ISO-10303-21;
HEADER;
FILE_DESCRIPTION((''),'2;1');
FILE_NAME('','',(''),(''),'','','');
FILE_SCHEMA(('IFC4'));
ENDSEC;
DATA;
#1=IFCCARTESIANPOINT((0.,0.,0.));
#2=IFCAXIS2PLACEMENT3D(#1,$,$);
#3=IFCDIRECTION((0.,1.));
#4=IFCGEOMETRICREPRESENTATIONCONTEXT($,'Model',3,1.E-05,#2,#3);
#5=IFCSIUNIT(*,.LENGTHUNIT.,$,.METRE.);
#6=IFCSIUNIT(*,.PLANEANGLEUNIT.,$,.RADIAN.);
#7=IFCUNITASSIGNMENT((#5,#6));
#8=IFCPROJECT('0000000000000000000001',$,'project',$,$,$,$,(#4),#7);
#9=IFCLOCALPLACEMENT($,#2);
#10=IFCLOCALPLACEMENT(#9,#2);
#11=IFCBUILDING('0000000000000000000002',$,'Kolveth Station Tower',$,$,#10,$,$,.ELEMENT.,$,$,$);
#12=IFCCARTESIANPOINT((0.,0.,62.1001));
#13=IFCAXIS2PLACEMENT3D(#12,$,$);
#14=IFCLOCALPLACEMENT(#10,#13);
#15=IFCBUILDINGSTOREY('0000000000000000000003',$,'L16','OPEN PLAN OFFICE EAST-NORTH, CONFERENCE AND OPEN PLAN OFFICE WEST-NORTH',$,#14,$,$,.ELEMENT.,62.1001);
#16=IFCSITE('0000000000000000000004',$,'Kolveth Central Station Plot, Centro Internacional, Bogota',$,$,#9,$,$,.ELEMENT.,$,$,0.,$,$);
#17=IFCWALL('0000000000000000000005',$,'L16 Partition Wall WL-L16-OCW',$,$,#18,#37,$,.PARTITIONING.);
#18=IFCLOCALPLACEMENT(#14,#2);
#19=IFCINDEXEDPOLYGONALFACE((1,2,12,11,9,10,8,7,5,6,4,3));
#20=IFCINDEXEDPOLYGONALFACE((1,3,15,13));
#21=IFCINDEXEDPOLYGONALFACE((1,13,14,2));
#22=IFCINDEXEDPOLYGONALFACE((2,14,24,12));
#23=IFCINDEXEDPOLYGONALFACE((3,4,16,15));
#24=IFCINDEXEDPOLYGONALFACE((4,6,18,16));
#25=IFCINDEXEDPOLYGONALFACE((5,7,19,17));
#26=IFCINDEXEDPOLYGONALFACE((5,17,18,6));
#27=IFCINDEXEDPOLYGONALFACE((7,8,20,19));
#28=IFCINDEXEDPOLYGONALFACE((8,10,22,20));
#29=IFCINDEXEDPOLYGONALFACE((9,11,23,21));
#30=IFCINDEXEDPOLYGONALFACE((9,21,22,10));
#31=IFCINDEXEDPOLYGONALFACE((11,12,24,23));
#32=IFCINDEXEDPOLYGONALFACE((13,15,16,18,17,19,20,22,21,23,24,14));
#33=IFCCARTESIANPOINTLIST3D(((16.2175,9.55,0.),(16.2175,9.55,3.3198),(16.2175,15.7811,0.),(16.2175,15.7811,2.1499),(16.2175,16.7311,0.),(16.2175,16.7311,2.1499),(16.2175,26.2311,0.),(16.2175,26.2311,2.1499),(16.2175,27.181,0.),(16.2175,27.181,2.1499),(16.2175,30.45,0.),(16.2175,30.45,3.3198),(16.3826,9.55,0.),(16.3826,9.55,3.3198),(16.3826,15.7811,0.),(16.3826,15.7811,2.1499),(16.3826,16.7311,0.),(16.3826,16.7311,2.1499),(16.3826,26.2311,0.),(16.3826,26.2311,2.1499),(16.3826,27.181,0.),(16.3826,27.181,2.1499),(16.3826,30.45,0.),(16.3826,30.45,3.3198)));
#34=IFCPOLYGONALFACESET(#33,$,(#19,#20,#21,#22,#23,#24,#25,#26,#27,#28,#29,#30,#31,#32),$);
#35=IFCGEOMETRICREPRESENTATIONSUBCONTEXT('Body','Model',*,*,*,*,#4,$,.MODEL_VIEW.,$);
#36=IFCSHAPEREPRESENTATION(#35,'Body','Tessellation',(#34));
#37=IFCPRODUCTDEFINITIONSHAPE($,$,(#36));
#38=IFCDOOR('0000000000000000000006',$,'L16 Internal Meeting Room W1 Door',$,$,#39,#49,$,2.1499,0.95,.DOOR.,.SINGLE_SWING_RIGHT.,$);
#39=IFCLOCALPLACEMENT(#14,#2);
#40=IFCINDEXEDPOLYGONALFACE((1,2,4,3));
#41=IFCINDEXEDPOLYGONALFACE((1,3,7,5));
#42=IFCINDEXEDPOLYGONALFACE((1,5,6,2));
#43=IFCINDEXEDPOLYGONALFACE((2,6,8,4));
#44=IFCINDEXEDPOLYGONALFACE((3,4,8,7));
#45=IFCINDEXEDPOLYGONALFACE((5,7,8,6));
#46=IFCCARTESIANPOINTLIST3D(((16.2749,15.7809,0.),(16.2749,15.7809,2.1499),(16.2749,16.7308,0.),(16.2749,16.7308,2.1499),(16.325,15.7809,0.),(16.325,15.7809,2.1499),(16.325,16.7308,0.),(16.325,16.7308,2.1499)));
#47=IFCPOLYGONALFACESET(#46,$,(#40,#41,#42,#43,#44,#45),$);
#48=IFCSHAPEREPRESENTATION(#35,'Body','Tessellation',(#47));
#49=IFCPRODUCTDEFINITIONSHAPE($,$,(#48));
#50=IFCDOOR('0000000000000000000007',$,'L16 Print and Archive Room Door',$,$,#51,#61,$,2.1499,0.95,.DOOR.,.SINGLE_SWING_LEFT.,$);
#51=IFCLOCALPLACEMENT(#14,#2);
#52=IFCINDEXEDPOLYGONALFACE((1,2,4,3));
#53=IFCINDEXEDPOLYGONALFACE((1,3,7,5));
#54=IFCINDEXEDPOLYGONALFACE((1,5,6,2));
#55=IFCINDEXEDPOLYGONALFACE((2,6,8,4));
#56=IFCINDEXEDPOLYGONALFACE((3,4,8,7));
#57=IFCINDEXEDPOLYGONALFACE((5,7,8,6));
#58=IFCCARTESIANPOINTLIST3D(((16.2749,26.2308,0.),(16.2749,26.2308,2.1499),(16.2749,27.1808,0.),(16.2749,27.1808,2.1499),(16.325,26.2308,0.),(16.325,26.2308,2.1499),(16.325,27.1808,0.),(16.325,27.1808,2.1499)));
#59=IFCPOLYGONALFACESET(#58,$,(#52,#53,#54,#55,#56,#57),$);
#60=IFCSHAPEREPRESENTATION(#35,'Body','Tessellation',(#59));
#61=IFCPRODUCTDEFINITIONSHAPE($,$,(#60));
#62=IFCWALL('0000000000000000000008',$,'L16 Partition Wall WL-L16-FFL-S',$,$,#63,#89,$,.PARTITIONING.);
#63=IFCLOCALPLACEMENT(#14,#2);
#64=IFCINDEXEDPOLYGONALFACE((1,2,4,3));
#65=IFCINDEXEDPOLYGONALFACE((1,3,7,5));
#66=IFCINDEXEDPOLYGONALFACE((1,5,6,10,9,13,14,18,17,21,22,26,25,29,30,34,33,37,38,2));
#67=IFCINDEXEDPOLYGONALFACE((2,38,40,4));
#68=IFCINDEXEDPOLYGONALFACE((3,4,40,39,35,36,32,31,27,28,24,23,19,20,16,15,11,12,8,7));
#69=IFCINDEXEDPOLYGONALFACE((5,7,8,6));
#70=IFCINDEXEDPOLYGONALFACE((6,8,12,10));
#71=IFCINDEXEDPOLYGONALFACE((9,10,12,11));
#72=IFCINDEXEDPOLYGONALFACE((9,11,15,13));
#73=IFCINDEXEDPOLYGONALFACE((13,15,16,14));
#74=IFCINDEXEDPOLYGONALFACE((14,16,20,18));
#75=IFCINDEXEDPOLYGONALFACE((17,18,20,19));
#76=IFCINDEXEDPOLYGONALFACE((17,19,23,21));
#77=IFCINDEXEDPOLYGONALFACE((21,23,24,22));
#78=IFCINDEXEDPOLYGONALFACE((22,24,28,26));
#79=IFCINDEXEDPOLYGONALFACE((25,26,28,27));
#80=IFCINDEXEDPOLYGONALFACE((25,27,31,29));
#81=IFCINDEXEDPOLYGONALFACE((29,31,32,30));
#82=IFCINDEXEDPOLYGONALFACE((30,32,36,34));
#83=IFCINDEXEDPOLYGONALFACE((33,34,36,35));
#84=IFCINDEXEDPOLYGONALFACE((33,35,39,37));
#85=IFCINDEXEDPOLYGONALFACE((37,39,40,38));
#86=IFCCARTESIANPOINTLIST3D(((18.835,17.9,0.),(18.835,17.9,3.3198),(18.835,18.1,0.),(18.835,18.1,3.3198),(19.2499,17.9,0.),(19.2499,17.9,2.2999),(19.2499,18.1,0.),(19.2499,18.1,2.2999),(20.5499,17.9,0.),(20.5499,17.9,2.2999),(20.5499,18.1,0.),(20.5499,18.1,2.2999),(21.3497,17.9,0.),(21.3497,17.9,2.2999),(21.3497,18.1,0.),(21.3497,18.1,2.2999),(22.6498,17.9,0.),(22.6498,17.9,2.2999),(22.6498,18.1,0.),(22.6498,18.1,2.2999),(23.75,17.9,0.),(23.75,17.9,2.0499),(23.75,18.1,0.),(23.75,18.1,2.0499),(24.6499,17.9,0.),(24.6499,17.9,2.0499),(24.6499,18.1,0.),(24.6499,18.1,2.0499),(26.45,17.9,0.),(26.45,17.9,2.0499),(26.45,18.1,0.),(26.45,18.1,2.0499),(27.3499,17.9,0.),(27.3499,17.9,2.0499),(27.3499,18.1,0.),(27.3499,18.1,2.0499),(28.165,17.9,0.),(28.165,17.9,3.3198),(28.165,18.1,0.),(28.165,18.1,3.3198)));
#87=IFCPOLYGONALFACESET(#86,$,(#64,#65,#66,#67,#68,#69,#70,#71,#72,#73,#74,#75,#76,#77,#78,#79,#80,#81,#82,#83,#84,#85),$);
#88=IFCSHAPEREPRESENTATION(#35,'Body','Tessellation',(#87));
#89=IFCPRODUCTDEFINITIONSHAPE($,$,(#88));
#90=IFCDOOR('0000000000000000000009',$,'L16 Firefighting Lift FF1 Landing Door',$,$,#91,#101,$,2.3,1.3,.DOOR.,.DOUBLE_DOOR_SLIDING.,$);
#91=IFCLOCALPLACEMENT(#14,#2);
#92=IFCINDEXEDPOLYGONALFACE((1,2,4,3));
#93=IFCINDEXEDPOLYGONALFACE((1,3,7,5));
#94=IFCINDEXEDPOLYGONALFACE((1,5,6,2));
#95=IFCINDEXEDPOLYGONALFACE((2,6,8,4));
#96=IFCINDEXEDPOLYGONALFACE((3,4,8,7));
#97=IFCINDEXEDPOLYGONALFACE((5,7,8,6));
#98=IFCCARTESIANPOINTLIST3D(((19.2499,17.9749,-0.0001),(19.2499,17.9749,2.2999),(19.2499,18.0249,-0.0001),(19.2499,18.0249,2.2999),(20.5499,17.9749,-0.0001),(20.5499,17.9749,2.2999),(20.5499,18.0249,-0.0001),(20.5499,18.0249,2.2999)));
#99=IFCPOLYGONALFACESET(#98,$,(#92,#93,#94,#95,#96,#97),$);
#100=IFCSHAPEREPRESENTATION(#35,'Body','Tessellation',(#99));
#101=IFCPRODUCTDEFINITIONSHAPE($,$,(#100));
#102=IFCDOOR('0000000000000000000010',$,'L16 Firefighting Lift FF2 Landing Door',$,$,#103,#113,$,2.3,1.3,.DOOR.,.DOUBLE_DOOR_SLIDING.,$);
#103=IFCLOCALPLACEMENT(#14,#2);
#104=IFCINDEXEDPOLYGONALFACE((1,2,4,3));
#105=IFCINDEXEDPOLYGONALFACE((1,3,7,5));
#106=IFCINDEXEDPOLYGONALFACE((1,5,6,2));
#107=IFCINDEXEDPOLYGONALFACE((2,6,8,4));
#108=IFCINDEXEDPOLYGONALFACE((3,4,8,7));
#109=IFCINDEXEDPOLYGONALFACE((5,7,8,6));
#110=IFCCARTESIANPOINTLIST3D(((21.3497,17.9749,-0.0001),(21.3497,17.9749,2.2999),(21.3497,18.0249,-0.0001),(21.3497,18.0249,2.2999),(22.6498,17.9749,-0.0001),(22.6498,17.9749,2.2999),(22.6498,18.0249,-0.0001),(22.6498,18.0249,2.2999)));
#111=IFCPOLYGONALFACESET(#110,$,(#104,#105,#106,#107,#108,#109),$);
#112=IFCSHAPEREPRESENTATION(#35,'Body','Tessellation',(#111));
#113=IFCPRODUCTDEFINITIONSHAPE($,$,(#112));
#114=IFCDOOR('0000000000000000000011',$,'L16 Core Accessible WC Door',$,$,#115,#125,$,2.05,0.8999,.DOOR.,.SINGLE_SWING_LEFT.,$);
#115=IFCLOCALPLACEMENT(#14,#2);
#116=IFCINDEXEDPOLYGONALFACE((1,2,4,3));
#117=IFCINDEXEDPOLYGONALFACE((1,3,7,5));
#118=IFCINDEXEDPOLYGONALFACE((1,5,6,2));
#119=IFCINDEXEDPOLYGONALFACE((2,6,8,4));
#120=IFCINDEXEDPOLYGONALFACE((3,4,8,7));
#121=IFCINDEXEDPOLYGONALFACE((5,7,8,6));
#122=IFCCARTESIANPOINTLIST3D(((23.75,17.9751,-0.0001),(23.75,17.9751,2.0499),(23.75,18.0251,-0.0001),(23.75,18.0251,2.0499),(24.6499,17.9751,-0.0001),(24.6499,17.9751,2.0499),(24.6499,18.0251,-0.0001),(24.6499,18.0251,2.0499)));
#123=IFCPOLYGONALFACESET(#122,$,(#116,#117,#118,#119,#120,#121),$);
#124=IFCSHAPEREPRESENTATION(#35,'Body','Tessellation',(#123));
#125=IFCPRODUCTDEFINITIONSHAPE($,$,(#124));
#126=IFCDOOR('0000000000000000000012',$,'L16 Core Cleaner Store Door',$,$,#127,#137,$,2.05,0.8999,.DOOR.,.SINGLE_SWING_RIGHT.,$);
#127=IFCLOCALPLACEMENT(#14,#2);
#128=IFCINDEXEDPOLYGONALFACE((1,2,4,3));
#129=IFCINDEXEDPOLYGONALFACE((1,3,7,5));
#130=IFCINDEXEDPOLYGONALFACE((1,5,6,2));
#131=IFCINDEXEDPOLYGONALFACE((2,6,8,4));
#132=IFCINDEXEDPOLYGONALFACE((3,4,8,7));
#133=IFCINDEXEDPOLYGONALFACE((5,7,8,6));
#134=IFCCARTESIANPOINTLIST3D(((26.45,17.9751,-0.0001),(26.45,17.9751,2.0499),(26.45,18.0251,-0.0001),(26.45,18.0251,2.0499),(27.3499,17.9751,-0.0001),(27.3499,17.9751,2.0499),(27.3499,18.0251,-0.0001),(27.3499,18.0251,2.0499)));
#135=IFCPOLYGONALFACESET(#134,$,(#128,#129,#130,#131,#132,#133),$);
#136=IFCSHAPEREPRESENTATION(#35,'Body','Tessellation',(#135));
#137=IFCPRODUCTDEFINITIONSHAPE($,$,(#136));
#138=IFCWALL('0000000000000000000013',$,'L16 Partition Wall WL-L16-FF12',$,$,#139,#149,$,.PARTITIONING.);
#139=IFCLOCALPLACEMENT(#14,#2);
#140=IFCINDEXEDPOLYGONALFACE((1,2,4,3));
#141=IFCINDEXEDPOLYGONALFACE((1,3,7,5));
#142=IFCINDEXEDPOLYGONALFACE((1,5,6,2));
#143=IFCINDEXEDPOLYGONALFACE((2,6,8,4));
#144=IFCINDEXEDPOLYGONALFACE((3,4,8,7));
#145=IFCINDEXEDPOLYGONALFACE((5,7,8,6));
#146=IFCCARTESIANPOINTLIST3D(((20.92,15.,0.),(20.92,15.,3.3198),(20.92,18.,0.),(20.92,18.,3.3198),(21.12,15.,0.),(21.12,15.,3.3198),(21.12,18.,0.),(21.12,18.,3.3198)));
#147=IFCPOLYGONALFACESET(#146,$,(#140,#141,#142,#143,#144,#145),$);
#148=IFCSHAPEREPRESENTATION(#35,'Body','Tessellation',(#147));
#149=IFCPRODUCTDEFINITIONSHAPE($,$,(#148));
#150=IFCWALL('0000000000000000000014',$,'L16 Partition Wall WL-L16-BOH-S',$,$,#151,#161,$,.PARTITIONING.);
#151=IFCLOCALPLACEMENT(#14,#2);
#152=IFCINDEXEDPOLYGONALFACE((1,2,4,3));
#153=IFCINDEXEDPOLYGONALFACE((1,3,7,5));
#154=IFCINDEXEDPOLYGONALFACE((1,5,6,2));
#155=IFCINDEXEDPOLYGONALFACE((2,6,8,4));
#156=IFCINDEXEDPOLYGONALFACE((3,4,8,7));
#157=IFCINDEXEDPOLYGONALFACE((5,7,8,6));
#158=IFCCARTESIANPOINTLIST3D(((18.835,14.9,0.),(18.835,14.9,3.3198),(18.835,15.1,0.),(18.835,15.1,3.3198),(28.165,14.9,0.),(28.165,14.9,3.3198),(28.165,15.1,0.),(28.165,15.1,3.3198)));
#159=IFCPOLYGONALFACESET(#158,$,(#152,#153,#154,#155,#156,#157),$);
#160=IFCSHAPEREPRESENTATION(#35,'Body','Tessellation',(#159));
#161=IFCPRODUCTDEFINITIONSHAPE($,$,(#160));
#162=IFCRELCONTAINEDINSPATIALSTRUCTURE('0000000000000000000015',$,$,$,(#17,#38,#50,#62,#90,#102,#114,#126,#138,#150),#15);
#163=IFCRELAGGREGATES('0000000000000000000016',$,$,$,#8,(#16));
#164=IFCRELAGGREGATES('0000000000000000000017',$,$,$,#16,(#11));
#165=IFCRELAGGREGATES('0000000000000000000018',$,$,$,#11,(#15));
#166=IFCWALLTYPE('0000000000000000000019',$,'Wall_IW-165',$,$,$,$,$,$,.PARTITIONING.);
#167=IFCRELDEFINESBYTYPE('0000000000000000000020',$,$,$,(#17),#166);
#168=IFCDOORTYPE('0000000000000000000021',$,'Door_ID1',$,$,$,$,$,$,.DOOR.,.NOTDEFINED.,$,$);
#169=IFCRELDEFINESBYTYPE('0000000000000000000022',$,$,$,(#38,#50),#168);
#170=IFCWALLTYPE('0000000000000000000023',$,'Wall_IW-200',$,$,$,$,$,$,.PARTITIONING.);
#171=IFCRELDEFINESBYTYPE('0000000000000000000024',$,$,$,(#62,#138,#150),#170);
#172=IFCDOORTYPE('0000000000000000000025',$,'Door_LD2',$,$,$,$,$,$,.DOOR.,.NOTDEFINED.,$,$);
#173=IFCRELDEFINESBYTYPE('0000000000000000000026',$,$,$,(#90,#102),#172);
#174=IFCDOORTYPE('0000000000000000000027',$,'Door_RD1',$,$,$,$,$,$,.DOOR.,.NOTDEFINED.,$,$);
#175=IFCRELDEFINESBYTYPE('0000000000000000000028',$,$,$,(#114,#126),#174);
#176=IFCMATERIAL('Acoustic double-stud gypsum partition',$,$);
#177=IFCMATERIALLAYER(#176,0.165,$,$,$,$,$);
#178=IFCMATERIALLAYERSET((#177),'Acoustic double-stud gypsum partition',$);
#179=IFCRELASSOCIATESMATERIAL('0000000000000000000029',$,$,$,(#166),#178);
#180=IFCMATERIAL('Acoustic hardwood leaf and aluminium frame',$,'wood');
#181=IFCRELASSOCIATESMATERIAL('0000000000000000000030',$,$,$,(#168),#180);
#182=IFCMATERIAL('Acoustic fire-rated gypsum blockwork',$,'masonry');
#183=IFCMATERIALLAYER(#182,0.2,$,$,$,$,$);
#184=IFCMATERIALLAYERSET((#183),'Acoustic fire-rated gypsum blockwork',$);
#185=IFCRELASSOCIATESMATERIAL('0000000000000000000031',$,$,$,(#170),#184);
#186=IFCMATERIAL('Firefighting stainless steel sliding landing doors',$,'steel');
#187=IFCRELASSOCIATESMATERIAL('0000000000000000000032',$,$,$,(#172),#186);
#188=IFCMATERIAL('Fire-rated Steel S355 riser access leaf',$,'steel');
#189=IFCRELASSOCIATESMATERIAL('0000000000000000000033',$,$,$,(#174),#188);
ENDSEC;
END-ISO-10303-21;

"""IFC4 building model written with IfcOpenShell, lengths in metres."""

from ifc_helpers import new_model, si_unit, direction, frame, frame_2d, origin, place, context, subcontext, project, spatial, rectangle, extrude, material, layer, layer_set, type_object, element, fill, save


model = new_model("IFC4")

# Units and contexts
model_context = context("Model", 3, precision=1e-05, world=origin(), true_north=direction((0.0, 1.0)))
body_context = subcontext(model_context, "Body", "Model", "MODEL_VIEW")
ifc_project = project(units=[si_unit("LENGTHUNIT", "METRE"), si_unit("PLANEANGLEUNIT", "RADIAN")], contexts=[model_context])

# Site, building, storey
site_placement = place(None, origin())
site = spatial("IfcSite", under=ifc_project, at=site_placement, Name="Kolveth Central Station Plot, Centro Internacional, Bogota", CompositionType="ELEMENT", RefElevation=0.0)
building_placement = place(site_placement, origin())
building = spatial("IfcBuilding", under=site, at=building_placement, Name="Kolveth Station Tower", CompositionType="ELEMENT")
storey_placement = place(building_placement, frame((0.0, 0.0, 62.1001)))
storey = spatial("IfcBuildingStorey", under=building, at=storey_placement, Name="L16", Description="OPEN PLAN OFFICE EAST-NORTH, CONFERENCE AND OPEN PLAN OFFICE WEST-NORTH", CompositionType="ELEMENT", Elevation=62.1001)

# Walls, openings, doors
ifc_material_1 = material(Name="Acoustic double-stud gypsum partition")
ifc_layer_1 = layer(ifc_material_1, 0.165)
ifc_layer_set_1 = layer_set([ifc_layer_1], Name="Acoustic double-stud gypsum partition")
wall_type_1 = type_object("IfcWallType", Name="Wall_IW-165", PredefinedType="PARTITIONING", material=ifc_layer_set_1)
wall_1_placement = place(storey_placement, frame((16.3, 9.55, 0.0), z_axis=(0.0, 0.0, 1.0), x_axis=(0.0, 1.0, 0.0)))
wall_1 = element("IfcWall", 1, at=wall_1_placement, inside=storey, type_object=wall_type_1, Name="L16 Partition Wall WL-L16-OCW", PredefinedType="PARTITIONING", context=body_context, shape_type="SweptSolid", body=[
    extrude(rectangle(XDim=20.8999, YDim=0.165, at=frame_2d((10.45, 0.0))), origin(), (0.0, 0.0, 1.0), 3.3198),
])
opening_1_placement = place(wall_1_placement, frame((6.231, 0.0, 0.0)))
opening_1 = element("IfcOpeningElement", 2, at=opening_1_placement, cuts=wall_1, PredefinedType="OPENING", context=body_context, shape_type="SweptSolid", body=[
    extrude(rectangle(XDim=0.95, YDim=2.1499, at=frame_2d((0.4751, 1.075))), frame((0.0, 0.0925, 0.0), z_axis=(0.0, -1.0, 0.0), x_axis=(1.0, 0.0, 0.0)), (0.0, 0.0, 1.0), 0.1851),
])
opening_2_placement = place(wall_1_placement, frame((16.6809, 0.0, 0.0)))
opening_2 = element("IfcOpeningElement", 3, at=opening_2_placement, cuts=wall_1, PredefinedType="OPENING", context=body_context, shape_type="SweptSolid", body=[
    extrude(rectangle(XDim=0.95, YDim=2.1499, at=frame_2d((0.4751, 1.075))), frame((0.0, 0.0925, 0.0), z_axis=(0.0, -1.0, 0.0), x_axis=(1.0, 0.0, 0.0)), (0.0, 0.0, 1.0), 0.1851),
])
ifc_material_2 = material(Name="Acoustic hardwood leaf and aluminium frame", Category="wood")
door_type_1 = type_object("IfcDoorType", Name="Door_ID1", OperationType="NOTDEFINED", PredefinedType="DOOR", material=ifc_material_2)
door_1_placement = place(opening_1_placement, frame((0.95, 0.0, 0.0), z_axis=(0.0, 0.0, 1.0), x_axis=(-1.0, 0.0, 0.0)))
door_1 = element("IfcDoor", 4, at=door_1_placement, inside=storey, type_object=door_type_1, Name="L16 Internal Meeting Room W1 Door", OperationType="SINGLE_SWING_RIGHT", OverallHeight=2.1499, OverallWidth=0.95, PredefinedType="DOOR", context=body_context, shape_type="SweptSolid", body=[
    extrude(rectangle(XDim=0.95, YDim=2.1499, at=frame_2d((0.4751, 1.075))), frame((0.0, 0.0249, 0.0), z_axis=(0.0, -1.0, 0.0), x_axis=(1.0, 0.0, 0.0)), (0.0, 0.0, 1.0), 0.05),
])
fill(opening_1, door_1)
door_2_placement = place(opening_2_placement, frame((0.95, 0.0, 0.0), z_axis=(0.0, 0.0, 1.0), x_axis=(-1.0, 0.0, 0.0)))
door_2 = element("IfcDoor", 5, at=door_2_placement, inside=storey, type_object=door_type_1, Name="L16 Print and Archive Room Door", OperationType="SINGLE_SWING_LEFT", OverallHeight=2.1499, OverallWidth=0.95, PredefinedType="DOOR", context=body_context, shape_type="SweptSolid", body=[
    extrude(rectangle(XDim=0.95, YDim=2.1499, at=frame_2d((0.4751, 1.075))), frame((0.0, 0.0249, 0.0), z_axis=(0.0, -1.0, 0.0), x_axis=(1.0, 0.0, 0.0)), (0.0, 0.0, 1.0), 0.05),
])
fill(opening_2, door_2)
ifc_material_3 = material(Name="Acoustic fire-rated gypsum blockwork", Category="masonry")
ifc_layer_2 = layer(ifc_material_3, 0.2)
ifc_layer_set_2 = layer_set([ifc_layer_2], Name="Acoustic fire-rated gypsum blockwork")
wall_type_2 = type_object("IfcWallType", Name="Wall_IW-200", PredefinedType="PARTITIONING", material=ifc_layer_set_2)
wall_2_placement = place(storey_placement, frame((18.835, 18.0, 0.0), z_axis=(0.0, 0.0, 1.0), x_axis=(1.0, 0.0, 0.0)))
wall_2 = element("IfcWall", 6, at=wall_2_placement, inside=storey, type_object=wall_type_2, Name="L16 Partition Wall WL-L16-FFL-S", PredefinedType="PARTITIONING", context=body_context, shape_type="SweptSolid", body=[
    extrude(rectangle(XDim=9.3301, YDim=0.2, at=frame_2d((4.665, 0.0))), origin(), (0.0, 0.0, 1.0), 3.3198),
])
opening_3_placement = place(wall_2_placement, frame((0.415, 0.0, 0.0)))
opening_3 = element("IfcOpeningElement", 7, at=opening_3_placement, cuts=wall_2, PredefinedType="OPENING", context=body_context, shape_type="SweptSolid", body=[
    extrude(rectangle(XDim=1.3, YDim=2.3, at=frame_2d((0.6499, 1.1499))), frame((0.0, 0.1099, 0.0), z_axis=(0.0, -1.0, 0.0), x_axis=(1.0, 0.0, 0.0)), (0.0, 0.0, 1.0), 0.22),
])
opening_4_placement = place(wall_2_placement, frame((2.5149, 0.0, 0.0)))
opening_4 = element("IfcOpeningElement", 8, at=opening_4_placement, cuts=wall_2, PredefinedType="OPENING", context=body_context, shape_type="SweptSolid", body=[
    extrude(rectangle(XDim=1.3, YDim=2.3, at=frame_2d((0.6499, 1.1499))), frame((0.0, 0.1099, 0.0), z_axis=(0.0, -1.0, 0.0), x_axis=(1.0, 0.0, 0.0)), (0.0, 0.0, 1.0), 0.22),
])
opening_5_placement = place(wall_2_placement, frame((4.915, 0.0, 0.0)))
opening_5 = element("IfcOpeningElement", 9, at=opening_5_placement, cuts=wall_2, PredefinedType="OPENING", context=body_context, shape_type="SweptSolid", body=[
    extrude(rectangle(XDim=0.8999, YDim=2.05, at=frame_2d((0.45, 1.0249))), frame((0.0, 0.1099, 0.0), z_axis=(0.0, -1.0, 0.0), x_axis=(1.0, 0.0, 0.0)), (0.0, 0.0, 1.0), 0.22),
])
opening_6_placement = place(wall_2_placement, frame((7.615, 0.0, 0.0)))
opening_6 = element("IfcOpeningElement", 10, at=opening_6_placement, cuts=wall_2, PredefinedType="OPENING", context=body_context, shape_type="SweptSolid", body=[
    extrude(rectangle(XDim=0.8999, YDim=2.05, at=frame_2d((0.45, 1.0249))), frame((0.0, 0.1099, 0.0), z_axis=(0.0, -1.0, 0.0), x_axis=(1.0, 0.0, 0.0)), (0.0, 0.0, 1.0), 0.22),
])
ifc_material_4 = material(Name="Firefighting stainless steel sliding landing doors", Category="steel")
door_type_2 = type_object("IfcDoorType", Name="Door_LD2", OperationType="NOTDEFINED", PredefinedType="DOOR", material=ifc_material_4)
door_3_placement = place(opening_3_placement, origin())
door_3 = element("IfcDoor", 11, at=door_3_placement, inside=storey, type_object=door_type_2, Name="L16 Firefighting Lift FF1 Landing Door", OperationType="DOUBLE_DOOR_SLIDING", OverallHeight=2.3, OverallWidth=1.3, PredefinedType="DOOR", context=body_context, shape_type="SweptSolid", body=[
    extrude(rectangle(XDim=1.3, YDim=2.3, at=frame_2d((0.6499, 1.1499))), frame((0.0, 0.0249, 0.0), z_axis=(0.0, -1.0, 0.0), x_axis=(1.0, 0.0, 0.0)), (0.0, 0.0, 1.0), 0.05),
])
fill(opening_3, door_3)
door_4_placement = place(opening_4_placement, origin())
door_4 = element("IfcDoor", 12, at=door_4_placement, inside=storey, type_object=door_type_2, Name="L16 Firefighting Lift FF2 Landing Door", OperationType="DOUBLE_DOOR_SLIDING", OverallHeight=2.3, OverallWidth=1.3, PredefinedType="DOOR", context=body_context, shape_type="SweptSolid", body=[
    extrude(rectangle(XDim=1.3, YDim=2.3, at=frame_2d((0.6499, 1.1499))), frame((0.0, 0.0249, 0.0), z_axis=(0.0, -1.0, 0.0), x_axis=(1.0, 0.0, 0.0)), (0.0, 0.0, 1.0), 0.05),
])
fill(opening_4, door_4)
ifc_material_5 = material(Name="Fire-rated Steel S355 riser access leaf", Category="steel")
door_type_3 = type_object("IfcDoorType", Name="Door_RD1", OperationType="NOTDEFINED", PredefinedType="DOOR", material=ifc_material_5)
door_5_placement = place(opening_5_placement, frame((0.8999, 0.0, 0.0), z_axis=(0.0, 0.0, 1.0), x_axis=(-1.0, 0.0, 0.0)))
door_5 = element("IfcDoor", 13, at=door_5_placement, inside=storey, type_object=door_type_3, Name="L16 Core Accessible WC Door", OperationType="SINGLE_SWING_LEFT", OverallHeight=2.05, OverallWidth=0.8999, PredefinedType="DOOR", context=body_context, shape_type="SweptSolid", body=[
    extrude(rectangle(XDim=0.8999, YDim=2.05, at=frame_2d((0.45, 1.0249))), frame((0.0, 0.0249, 0.0), z_axis=(0.0, -1.0, 0.0), x_axis=(1.0, 0.0, 0.0)), (0.0, 0.0, 1.0), 0.05),
])
fill(opening_5, door_5)
door_6_placement = place(opening_6_placement, frame((0.8999, 0.0, 0.0), z_axis=(0.0, 0.0, 1.0), x_axis=(-1.0, 0.0, 0.0)))
door_6 = element("IfcDoor", 14, at=door_6_placement, inside=storey, type_object=door_type_3, Name="L16 Core Cleaner Store Door", OperationType="SINGLE_SWING_RIGHT", OverallHeight=2.05, OverallWidth=0.8999, PredefinedType="DOOR", context=body_context, shape_type="SweptSolid", body=[
    extrude(rectangle(XDim=0.8999, YDim=2.05, at=frame_2d((0.45, 1.0249))), frame((0.0, 0.0249, 0.0), z_axis=(0.0, -1.0, 0.0), x_axis=(1.0, 0.0, 0.0)), (0.0, 0.0, 1.0), 0.05),
])
fill(opening_6, door_6)

# Walls
wall_3_placement = place(storey_placement, frame((21.02, 15.0, 0.0), z_axis=(0.0, 0.0, 1.0), x_axis=(0.0, 1.0, 0.0)))
element("IfcWall", 15, at=wall_3_placement, inside=storey, type_object=wall_type_2, Name="L16 Partition Wall WL-L16-FF12", PredefinedType="PARTITIONING", context=body_context, shape_type="SweptSolid", body=[
    extrude(rectangle(XDim=3.0, YDim=0.2, at=frame_2d((1.5, 0.0))), origin(), (0.0, 0.0, 1.0), 3.3198),
])
wall_4_placement = place(storey_placement, frame((18.835, 15.0, 0.0), z_axis=(0.0, 0.0, 1.0), x_axis=(1.0, 0.0, 0.0)))
element("IfcWall", 16, at=wall_4_placement, inside=storey, type_object=wall_type_2, Name="L16 Partition Wall WL-L16-BOH-S", PredefinedType="PARTITIONING", context=body_context, shape_type="SweptSolid", body=[
    extrude(rectangle(XDim=9.3301, YDim=0.2, at=frame_2d((4.665, 0.0))), origin(), (0.0, 0.0, 1.0), 3.3198),
])

save(model, "model.ifc")
